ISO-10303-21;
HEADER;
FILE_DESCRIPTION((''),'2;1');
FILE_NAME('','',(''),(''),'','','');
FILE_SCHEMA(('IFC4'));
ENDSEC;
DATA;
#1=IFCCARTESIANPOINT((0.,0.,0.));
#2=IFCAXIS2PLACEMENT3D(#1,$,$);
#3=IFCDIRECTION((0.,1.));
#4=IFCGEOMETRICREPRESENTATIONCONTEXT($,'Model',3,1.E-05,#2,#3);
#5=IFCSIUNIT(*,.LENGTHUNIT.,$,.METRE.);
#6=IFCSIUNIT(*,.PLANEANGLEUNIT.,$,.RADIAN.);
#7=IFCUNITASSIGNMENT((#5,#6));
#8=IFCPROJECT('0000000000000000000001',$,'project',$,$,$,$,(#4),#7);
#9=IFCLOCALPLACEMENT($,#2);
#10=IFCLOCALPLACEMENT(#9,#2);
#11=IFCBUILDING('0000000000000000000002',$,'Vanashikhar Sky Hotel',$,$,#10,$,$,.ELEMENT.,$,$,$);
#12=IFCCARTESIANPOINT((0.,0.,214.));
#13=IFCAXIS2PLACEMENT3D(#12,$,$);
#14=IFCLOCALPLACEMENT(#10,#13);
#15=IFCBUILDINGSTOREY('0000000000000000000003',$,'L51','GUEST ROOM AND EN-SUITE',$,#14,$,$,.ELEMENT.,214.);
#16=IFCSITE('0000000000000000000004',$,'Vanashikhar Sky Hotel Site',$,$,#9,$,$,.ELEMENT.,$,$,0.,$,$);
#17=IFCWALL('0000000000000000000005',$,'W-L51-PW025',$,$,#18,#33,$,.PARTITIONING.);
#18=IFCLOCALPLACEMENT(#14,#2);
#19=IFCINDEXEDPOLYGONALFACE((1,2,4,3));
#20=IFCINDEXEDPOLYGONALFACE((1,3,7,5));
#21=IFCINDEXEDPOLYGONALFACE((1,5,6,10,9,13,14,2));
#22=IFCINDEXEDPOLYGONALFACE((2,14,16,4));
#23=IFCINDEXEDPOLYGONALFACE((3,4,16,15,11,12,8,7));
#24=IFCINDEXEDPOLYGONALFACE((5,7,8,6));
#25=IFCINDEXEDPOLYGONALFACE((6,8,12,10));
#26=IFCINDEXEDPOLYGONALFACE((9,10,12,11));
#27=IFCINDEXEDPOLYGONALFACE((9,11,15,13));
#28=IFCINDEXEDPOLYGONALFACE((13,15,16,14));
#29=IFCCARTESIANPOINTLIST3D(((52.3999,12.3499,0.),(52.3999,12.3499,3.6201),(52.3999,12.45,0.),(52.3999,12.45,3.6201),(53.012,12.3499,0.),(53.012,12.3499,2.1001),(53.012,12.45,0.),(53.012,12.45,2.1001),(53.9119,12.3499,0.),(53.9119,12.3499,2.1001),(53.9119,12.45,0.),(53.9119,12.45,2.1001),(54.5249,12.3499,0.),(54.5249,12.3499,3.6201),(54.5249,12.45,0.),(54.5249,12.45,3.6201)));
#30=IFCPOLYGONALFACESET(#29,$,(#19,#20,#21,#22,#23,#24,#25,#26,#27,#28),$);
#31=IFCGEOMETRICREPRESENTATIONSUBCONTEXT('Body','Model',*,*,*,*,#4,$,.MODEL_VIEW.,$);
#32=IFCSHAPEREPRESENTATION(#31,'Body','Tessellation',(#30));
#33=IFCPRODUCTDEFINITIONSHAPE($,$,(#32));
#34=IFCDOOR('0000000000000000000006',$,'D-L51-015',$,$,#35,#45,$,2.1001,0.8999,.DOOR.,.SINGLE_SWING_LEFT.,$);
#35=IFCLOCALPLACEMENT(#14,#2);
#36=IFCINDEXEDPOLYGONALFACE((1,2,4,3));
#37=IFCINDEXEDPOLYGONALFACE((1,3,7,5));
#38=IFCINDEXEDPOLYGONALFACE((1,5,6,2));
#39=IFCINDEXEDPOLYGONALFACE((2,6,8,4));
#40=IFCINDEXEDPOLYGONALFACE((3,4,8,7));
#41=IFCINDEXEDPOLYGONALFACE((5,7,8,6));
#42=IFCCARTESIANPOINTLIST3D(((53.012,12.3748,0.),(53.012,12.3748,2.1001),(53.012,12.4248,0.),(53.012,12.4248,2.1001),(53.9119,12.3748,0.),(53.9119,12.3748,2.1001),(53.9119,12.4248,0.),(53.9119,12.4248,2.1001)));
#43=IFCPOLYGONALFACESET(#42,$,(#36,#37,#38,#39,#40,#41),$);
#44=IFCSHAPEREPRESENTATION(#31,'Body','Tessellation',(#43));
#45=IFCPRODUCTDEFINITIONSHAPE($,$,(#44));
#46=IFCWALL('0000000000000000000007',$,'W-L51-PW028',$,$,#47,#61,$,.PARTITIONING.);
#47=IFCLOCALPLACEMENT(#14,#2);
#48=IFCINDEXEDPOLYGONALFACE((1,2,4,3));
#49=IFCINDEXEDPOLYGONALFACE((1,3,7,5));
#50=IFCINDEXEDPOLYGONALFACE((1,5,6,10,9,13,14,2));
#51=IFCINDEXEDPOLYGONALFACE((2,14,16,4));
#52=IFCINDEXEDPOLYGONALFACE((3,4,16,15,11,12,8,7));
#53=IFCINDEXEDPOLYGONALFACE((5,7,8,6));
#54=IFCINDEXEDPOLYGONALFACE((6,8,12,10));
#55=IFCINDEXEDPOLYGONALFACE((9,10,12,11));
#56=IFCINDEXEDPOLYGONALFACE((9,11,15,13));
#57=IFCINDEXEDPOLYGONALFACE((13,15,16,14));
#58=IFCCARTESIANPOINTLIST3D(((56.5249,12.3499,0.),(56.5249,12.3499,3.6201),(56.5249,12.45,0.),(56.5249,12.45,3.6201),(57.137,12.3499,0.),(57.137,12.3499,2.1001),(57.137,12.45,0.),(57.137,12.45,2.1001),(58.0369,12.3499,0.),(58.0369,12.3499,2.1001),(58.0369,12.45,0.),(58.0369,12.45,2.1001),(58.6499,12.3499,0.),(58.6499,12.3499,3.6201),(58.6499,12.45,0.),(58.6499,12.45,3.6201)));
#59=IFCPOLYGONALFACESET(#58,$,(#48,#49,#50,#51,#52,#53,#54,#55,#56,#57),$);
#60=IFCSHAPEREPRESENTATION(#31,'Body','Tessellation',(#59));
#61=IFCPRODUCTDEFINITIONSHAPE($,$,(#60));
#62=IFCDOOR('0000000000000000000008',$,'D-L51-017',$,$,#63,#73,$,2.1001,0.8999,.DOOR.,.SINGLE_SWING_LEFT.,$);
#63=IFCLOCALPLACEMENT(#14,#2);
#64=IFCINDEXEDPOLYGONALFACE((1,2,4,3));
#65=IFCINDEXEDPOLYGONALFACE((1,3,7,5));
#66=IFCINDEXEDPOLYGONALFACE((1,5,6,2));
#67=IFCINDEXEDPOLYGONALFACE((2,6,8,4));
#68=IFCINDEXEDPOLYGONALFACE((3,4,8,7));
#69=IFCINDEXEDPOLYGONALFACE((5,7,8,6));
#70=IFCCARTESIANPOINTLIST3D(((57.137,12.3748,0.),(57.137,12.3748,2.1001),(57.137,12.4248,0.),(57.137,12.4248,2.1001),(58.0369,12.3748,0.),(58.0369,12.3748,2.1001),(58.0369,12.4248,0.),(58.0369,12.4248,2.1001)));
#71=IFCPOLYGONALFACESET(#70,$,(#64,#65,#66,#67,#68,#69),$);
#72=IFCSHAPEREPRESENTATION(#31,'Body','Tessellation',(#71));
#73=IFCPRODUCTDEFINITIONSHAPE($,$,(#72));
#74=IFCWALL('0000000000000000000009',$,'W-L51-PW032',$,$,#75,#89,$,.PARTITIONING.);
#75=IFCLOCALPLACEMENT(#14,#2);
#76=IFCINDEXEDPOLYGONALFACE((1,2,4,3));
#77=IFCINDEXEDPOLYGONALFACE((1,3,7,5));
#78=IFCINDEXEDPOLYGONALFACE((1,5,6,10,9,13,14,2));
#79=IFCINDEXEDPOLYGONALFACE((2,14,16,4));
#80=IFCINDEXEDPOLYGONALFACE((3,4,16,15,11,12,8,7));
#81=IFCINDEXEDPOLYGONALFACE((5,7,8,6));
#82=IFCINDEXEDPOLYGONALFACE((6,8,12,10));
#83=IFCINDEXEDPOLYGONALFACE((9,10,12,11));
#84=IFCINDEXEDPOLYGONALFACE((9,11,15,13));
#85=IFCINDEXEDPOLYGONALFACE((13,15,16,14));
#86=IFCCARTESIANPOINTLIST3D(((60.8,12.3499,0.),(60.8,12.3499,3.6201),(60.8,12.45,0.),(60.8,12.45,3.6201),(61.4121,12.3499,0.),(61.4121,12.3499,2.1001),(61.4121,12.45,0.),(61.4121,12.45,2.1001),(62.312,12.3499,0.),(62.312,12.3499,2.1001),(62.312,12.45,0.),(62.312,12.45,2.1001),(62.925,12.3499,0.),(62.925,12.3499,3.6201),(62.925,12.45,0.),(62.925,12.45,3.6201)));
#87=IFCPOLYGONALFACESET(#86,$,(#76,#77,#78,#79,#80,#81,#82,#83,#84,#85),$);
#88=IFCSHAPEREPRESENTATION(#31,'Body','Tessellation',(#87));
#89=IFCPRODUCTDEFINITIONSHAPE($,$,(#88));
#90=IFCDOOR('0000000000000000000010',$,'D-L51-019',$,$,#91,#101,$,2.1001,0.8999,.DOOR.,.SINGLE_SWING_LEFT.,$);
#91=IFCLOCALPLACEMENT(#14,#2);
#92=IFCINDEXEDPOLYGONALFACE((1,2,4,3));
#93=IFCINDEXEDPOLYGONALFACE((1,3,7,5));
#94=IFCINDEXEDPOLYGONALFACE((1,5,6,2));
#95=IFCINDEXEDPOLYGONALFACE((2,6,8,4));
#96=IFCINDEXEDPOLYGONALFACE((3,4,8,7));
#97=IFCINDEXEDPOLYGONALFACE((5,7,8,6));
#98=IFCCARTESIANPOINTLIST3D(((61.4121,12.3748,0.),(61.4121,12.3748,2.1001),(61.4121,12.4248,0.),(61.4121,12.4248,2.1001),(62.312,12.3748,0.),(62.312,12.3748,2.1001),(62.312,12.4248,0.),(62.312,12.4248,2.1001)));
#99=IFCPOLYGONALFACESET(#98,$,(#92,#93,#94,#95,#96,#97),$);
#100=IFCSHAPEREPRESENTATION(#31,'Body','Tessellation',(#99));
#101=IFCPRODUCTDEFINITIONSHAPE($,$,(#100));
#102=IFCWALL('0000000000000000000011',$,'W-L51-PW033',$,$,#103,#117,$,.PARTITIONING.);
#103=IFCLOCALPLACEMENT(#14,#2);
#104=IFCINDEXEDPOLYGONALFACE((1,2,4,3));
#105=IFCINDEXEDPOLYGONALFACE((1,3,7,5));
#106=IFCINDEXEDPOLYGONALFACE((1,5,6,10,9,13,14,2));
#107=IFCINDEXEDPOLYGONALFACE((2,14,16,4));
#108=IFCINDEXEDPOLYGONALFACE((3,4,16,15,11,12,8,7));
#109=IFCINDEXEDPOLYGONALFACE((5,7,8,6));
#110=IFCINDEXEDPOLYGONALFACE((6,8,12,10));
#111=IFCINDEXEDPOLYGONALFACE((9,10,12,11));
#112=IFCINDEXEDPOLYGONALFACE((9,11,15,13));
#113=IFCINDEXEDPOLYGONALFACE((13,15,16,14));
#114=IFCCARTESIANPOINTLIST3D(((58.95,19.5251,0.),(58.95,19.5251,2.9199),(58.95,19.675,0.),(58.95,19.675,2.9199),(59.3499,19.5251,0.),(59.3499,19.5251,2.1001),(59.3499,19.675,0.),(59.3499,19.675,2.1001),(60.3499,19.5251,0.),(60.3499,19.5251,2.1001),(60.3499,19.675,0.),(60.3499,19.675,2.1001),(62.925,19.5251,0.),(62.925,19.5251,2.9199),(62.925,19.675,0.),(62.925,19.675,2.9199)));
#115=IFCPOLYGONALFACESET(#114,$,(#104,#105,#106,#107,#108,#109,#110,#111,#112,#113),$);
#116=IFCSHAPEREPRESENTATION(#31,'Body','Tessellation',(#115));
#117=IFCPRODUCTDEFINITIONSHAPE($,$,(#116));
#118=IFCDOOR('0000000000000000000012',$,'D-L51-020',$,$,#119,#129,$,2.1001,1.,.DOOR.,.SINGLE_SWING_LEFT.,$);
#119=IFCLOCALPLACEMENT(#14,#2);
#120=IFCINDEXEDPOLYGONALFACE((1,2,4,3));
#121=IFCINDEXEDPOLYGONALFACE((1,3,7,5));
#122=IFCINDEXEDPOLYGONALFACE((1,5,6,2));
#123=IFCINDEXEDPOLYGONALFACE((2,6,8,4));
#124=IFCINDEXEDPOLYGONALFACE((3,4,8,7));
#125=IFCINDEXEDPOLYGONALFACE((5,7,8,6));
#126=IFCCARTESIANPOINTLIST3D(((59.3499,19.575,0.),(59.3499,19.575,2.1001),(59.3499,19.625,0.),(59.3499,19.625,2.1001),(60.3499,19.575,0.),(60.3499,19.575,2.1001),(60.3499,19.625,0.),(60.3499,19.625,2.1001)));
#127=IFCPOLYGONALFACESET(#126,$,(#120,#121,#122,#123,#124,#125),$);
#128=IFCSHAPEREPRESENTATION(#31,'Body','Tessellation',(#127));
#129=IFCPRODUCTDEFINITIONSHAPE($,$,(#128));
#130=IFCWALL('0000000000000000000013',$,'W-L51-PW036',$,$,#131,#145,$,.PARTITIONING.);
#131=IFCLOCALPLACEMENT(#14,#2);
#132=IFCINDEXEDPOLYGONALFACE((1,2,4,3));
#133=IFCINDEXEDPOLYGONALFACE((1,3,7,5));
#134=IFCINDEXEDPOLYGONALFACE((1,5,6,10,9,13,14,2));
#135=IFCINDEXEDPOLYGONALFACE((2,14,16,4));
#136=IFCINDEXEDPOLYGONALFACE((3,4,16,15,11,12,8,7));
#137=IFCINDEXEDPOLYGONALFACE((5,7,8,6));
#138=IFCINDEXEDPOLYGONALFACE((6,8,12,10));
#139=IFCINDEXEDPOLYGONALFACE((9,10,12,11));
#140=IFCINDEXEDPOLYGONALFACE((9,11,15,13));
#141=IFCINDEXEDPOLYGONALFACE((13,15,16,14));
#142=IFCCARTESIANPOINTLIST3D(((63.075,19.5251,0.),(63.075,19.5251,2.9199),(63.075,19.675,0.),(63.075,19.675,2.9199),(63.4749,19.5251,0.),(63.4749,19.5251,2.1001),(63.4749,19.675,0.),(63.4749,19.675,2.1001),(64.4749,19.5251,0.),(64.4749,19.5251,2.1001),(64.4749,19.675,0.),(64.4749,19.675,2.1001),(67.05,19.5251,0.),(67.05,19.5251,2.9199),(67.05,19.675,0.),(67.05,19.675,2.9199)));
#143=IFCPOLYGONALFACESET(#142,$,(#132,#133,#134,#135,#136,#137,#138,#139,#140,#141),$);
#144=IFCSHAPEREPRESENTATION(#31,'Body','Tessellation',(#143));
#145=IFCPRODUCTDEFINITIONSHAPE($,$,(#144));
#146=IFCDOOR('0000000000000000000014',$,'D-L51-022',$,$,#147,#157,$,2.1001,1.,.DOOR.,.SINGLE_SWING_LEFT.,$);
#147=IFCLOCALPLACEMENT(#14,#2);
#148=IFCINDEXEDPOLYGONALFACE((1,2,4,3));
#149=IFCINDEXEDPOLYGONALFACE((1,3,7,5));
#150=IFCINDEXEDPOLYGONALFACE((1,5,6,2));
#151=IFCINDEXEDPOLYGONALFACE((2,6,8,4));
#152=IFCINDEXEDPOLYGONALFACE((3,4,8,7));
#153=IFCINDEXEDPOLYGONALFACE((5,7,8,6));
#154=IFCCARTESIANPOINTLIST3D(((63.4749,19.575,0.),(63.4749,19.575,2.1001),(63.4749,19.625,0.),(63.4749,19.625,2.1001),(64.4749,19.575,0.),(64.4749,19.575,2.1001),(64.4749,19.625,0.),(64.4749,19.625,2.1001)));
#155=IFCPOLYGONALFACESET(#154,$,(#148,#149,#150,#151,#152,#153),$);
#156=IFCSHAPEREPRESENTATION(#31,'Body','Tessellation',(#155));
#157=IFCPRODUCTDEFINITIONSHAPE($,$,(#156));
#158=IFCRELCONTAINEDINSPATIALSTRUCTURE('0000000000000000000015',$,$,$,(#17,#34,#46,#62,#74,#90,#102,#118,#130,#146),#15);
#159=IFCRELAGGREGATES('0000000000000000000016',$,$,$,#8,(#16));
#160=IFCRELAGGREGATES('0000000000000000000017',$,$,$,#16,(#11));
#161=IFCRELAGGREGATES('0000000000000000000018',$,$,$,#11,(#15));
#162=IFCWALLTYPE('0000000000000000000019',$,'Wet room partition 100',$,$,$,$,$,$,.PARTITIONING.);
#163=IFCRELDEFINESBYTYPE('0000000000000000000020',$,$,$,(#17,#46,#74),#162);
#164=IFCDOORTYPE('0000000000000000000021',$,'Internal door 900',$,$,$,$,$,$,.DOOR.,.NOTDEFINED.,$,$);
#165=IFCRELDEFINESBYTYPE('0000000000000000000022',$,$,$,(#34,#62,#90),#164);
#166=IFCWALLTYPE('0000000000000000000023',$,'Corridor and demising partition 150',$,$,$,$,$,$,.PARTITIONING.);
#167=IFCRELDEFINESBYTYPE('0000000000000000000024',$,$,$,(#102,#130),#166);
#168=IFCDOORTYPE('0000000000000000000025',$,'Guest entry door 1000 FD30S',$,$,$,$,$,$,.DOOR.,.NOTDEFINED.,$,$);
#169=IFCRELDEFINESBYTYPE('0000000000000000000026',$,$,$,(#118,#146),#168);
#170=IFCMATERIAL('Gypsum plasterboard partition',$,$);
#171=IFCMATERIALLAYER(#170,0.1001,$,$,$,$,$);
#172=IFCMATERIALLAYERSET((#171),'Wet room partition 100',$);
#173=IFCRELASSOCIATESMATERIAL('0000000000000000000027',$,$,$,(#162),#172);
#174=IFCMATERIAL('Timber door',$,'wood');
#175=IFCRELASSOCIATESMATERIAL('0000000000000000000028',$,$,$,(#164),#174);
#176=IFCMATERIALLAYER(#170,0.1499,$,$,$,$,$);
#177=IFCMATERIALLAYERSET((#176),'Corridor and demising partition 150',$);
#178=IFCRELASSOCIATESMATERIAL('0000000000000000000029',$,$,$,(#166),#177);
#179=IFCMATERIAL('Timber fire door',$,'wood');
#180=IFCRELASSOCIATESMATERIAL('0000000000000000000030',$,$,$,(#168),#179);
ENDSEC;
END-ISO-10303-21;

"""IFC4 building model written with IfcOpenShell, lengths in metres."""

from ifc_helpers import new_model, si_unit, direction, frame, frame_2d, origin, place, context, subcontext, project, spatial, rectangle, extrude, source, transform, mapped, material, layer, layer_set, type_object, element, fill, save


model = new_model("IFC4")

# Units and contexts
model_context = context("Model", 3, precision=1e-05, world=origin(), true_north=direction((0.0, 1.0)))
body_context = subcontext(model_context, "Body", "Model", "MODEL_VIEW")
ifc_project = project(units=[si_unit("LENGTHUNIT", "METRE"), si_unit("PLANEANGLEUNIT", "RADIAN")], contexts=[model_context])

# Site, building, storey
site_placement = place(None, origin())
site = spatial("IfcSite", under=ifc_project, at=site_placement, Name="Vanashikhar Sky Hotel Site", CompositionType="ELEMENT", RefElevation=0.0)
building_placement = place(site_placement, origin())
building = spatial("IfcBuilding", under=site, at=building_placement, Name="Vanashikhar Sky Hotel", CompositionType="ELEMENT")
storey_placement = place(building_placement, frame((0.0, 0.0, 214.0)))
storey = spatial("IfcBuildingStorey", under=building, at=storey_placement, Name="L51", Description="GUEST ROOM AND EN-SUITE", CompositionType="ELEMENT", Elevation=214.0)

# Shared definitions
ifc_material_1 = material(Name="Gypsum plasterboard partition")
ifc_layer_1 = layer(ifc_material_1, 0.1001)
ifc_layer_set_1 = layer_set([ifc_layer_1], Name="Wet room partition 100")
wall_type_1 = type_object("IfcWallType", Name="Wet room partition 100", PredefinedType="PARTITIONING", material=ifc_layer_set_1)

# Walls, openings, doors
shared_shape_1 = source(origin(), body_context, "Body", "SweptSolid", [
    extrude(rectangle(XDim=2.125, YDim=0.1001, at=frame_2d((1.0625, 0.0))), origin(), (0.0, 0.0, 1.0), 3.6201),
])
wall_1_placement = place(storey_placement, frame((52.3999, 12.3999, 0.0), z_axis=(0.0, 0.0, 1.0), x_axis=(1.0, 0.0, 0.0)))
wall_1 = element("IfcWall", 1, at=wall_1_placement, inside=storey, type_object=wall_type_1, Name="W-L51-PW025", PredefinedType="PARTITIONING", context=body_context, shape_type="MappedRepresentation", body=[
    mapped(shared_shape_1, transform((0.0, 0.0, 0.0), scale=1.0)),
])
shared_shape_2 = source(origin(), body_context, "Body", "SweptSolid", [
    extrude(rectangle(XDim=0.8999, YDim=2.1001, at=frame_2d((0.45, 1.05))), frame((0.0, 0.0601, 0.0), z_axis=(0.0, -1.0, 0.0), x_axis=(1.0, 0.0, 0.0)), (0.0, 0.0, 1.0), 0.1201),
])
opening_1_placement = place(wall_1_placement, frame((0.6121, 0.0, 0.0)))
opening_1 = element("IfcOpeningElement", 2, at=opening_1_placement, cuts=wall_1, PredefinedType="OPENING", context=body_context, shape_type="MappedRepresentation", body=[
    mapped(shared_shape_2, transform((0.0, 0.0, 0.0), scale=1.0)),
])
ifc_material_2 = material(Name="Timber door", Category="wood")
door_type_1 = type_object("IfcDoorType", Name="Internal door 900", OperationType="NOTDEFINED", PredefinedType="DOOR", material=ifc_material_2)
shared_shape_3 = source(origin(), body_context, "Body", "SweptSolid", [
    extrude(rectangle(XDim=0.8999, YDim=2.1001, at=frame_2d((0.45, 1.05))), frame((0.0, 0.0249, 0.0), z_axis=(0.0, -1.0, 0.0), x_axis=(1.0, 0.0, 0.0)), (0.0, 0.0, 1.0), 0.05),
])
door_1_placement = place(opening_1_placement, origin())
door_1 = element("IfcDoor", 3, at=door_1_placement, inside=storey, type_object=door_type_1, Name="D-L51-015", OperationType="SINGLE_SWING_LEFT", OverallHeight=2.1001, OverallWidth=0.8999, PredefinedType="DOOR", context=body_context, shape_type="MappedRepresentation", body=[
    mapped(shared_shape_3, transform((0.0, 0.0, 0.0), scale=1.0)),
])
fill(opening_1, door_1)
wall_2_placement = place(storey_placement, frame((56.5249, 12.3999, 0.0), z_axis=(0.0, 0.0, 1.0), x_axis=(1.0, 0.0, 0.0)))
wall_2 = element("IfcWall", 4, at=wall_2_placement, inside=storey, type_object=wall_type_1, Name="W-L51-PW028", PredefinedType="PARTITIONING", context=body_context, shape_type="MappedRepresentation", body=[
    mapped(shared_shape_1, transform((0.0, 0.0, 0.0), scale=1.0)),
])
opening_2_placement = place(wall_2_placement, frame((0.6121, 0.0, 0.0)))
opening_2 = element("IfcOpeningElement", 5, at=opening_2_placement, cuts=wall_2, PredefinedType="OPENING", context=body_context, shape_type="MappedRepresentation", body=[
    mapped(shared_shape_2, transform((0.0, 0.0, 0.0), scale=1.0)),
])
door_2_placement = place(opening_2_placement, origin())
door_2 = element("IfcDoor", 6, at=door_2_placement, inside=storey, type_object=door_type_1, Name="D-L51-017", OperationType="SINGLE_SWING_LEFT", OverallHeight=2.1001, OverallWidth=0.8999, PredefinedType="DOOR", context=body_context, shape_type="MappedRepresentation", body=[
    mapped(shared_shape_3, transform((0.0, 0.0, 0.0), scale=1.0)),
])
fill(opening_2, door_2)
wall_3_placement = place(storey_placement, frame((60.8, 12.3999, 0.0), z_axis=(0.0, 0.0, 1.0), x_axis=(1.0, 0.0, 0.0)))
wall_3 = element("IfcWall", 7, at=wall_3_placement, inside=storey, type_object=wall_type_1, Name="W-L51-PW032", PredefinedType="PARTITIONING", context=body_context, shape_type="MappedRepresentation", body=[
    mapped(shared_shape_1, transform((0.0, 0.0, 0.0), scale=1.0)),
])
opening_3_placement = place(wall_3_placement, frame((0.6121, 0.0, 0.0)))
opening_3 = element("IfcOpeningElement", 8, at=opening_3_placement, cuts=wall_3, PredefinedType="OPENING", context=body_context, shape_type="MappedRepresentation", body=[
    mapped(shared_shape_2, transform((0.0, 0.0, 0.0), scale=1.0)),
])
door_3_placement = place(opening_3_placement, origin())
door_3 = element("IfcDoor", 9, at=door_3_placement, inside=storey, type_object=door_type_1, Name="D-L51-019", OperationType="SINGLE_SWING_LEFT", OverallHeight=2.1001, OverallWidth=0.8999, PredefinedType="DOOR", context=body_context, shape_type="MappedRepresentation", body=[
    mapped(shared_shape_3, transform((0.0, 0.0, 0.0), scale=1.0)),
])
fill(opening_3, door_3)
ifc_layer_2 = layer(ifc_material_1, 0.1499)
ifc_layer_set_2 = layer_set([ifc_layer_2], Name="Corridor and demising partition 150")
wall_type_2 = type_object("IfcWallType", Name="Corridor and demising partition 150", PredefinedType="PARTITIONING", material=ifc_layer_set_2)
shared_shape_4 = source(origin(), body_context, "Body", "SweptSolid", [
    extrude(rectangle(XDim=3.9751, YDim=0.1499, at=frame_2d((1.9875, 0.0))), origin(), (0.0, 0.0, 1.0), 2.9199),
])
wall_4_placement = place(storey_placement, frame((58.95, 19.6001, 0.0), z_axis=(0.0, 0.0, 1.0), x_axis=(1.0, 0.0, 0.0)))
wall_4 = element("IfcWall", 10, at=wall_4_placement, inside=storey, type_object=wall_type_2, Name="W-L51-PW033", PredefinedType="PARTITIONING", context=body_context, shape_type="MappedRepresentation", body=[
    mapped(shared_shape_4, transform((0.0, 0.0, 0.0), scale=1.0)),
])
shared_shape_5 = source(origin(), body_context, "Body", "SweptSolid", [
    extrude(rectangle(XDim=1.0, YDim=2.1001, at=frame_2d((0.5, 1.05))), frame((0.0, 0.085, 0.0), z_axis=(0.0, -1.0, 0.0), x_axis=(1.0, 0.0, 0.0)), (0.0, 0.0, 1.0), 0.1699),
])
opening_4_placement = place(wall_4_placement, frame((0.3999, 0.0, 0.0)))
opening_4 = element("IfcOpeningElement", 11, at=opening_4_placement, cuts=wall_4, PredefinedType="OPENING", context=body_context, shape_type="MappedRepresentation", body=[
    mapped(shared_shape_5, transform((0.0, 0.0, 0.0), scale=1.0)),
])
ifc_material_3 = material(Name="Timber fire door", Category="wood")
door_type_2 = type_object("IfcDoorType", Name="Guest entry door 1000 FD30S", OperationType="NOTDEFINED", PredefinedType="DOOR", material=ifc_material_3)
shared_shape_6 = source(origin(), body_context, "Body", "SweptSolid", [
    extrude(rectangle(XDim=1.0, YDim=2.1001, at=frame_2d((0.5, 1.05))), frame((0.0, 0.0249, 0.0), z_axis=(0.0, -1.0, 0.0), x_axis=(1.0, 0.0, 0.0)), (0.0, 0.0, 1.0), 0.05),
])
door_4_placement = place(opening_4_placement, origin())
door_4 = element("IfcDoor", 12, at=door_4_placement, inside=storey, type_object=door_type_2, Name="D-L51-020", OperationType="SINGLE_SWING_LEFT", OverallHeight=2.1001, OverallWidth=1.0, PredefinedType="DOOR", context=body_context, shape_type="MappedRepresentation", body=[
    mapped(shared_shape_6, transform((0.0, 0.0, 0.0), scale=1.0)),
])
fill(opening_4, door_4)
wall_5_placement = place(storey_placement, frame((63.075, 19.6001, 0.0), z_axis=(0.0, 0.0, 1.0), x_axis=(1.0, 0.0, 0.0)))
wall_5 = element("IfcWall", 13, at=wall_5_placement, inside=storey, type_object=wall_type_2, Name="W-L51-PW036", PredefinedType="PARTITIONING", context=body_context, shape_type="MappedRepresentation", body=[
    mapped(shared_shape_4, transform((0.0, 0.0, 0.0), scale=1.0)),
])
opening_5_placement = place(wall_5_placement, frame((0.3999, 0.0, 0.0)))
opening_5 = element("IfcOpeningElement", 14, at=opening_5_placement, cuts=wall_5, PredefinedType="OPENING", context=body_context, shape_type="MappedRepresentation", body=[
    mapped(shared_shape_5, transform((0.0, 0.0, 0.0), scale=1.0)),
])
door_5_placement = place(opening_5_placement, origin())
door_5 = element("IfcDoor", 15, at=door_5_placement, inside=storey, type_object=door_type_2, Name="D-L51-022", OperationType="SINGLE_SWING_LEFT", OverallHeight=2.1001, OverallWidth=1.0, PredefinedType="DOOR", context=body_context, shape_type="MappedRepresentation", body=[
    mapped(shared_shape_6, transform((0.0, 0.0, 0.0), scale=1.0)),
])
fill(opening_5, door_5)

save(model, "model.ifc")
